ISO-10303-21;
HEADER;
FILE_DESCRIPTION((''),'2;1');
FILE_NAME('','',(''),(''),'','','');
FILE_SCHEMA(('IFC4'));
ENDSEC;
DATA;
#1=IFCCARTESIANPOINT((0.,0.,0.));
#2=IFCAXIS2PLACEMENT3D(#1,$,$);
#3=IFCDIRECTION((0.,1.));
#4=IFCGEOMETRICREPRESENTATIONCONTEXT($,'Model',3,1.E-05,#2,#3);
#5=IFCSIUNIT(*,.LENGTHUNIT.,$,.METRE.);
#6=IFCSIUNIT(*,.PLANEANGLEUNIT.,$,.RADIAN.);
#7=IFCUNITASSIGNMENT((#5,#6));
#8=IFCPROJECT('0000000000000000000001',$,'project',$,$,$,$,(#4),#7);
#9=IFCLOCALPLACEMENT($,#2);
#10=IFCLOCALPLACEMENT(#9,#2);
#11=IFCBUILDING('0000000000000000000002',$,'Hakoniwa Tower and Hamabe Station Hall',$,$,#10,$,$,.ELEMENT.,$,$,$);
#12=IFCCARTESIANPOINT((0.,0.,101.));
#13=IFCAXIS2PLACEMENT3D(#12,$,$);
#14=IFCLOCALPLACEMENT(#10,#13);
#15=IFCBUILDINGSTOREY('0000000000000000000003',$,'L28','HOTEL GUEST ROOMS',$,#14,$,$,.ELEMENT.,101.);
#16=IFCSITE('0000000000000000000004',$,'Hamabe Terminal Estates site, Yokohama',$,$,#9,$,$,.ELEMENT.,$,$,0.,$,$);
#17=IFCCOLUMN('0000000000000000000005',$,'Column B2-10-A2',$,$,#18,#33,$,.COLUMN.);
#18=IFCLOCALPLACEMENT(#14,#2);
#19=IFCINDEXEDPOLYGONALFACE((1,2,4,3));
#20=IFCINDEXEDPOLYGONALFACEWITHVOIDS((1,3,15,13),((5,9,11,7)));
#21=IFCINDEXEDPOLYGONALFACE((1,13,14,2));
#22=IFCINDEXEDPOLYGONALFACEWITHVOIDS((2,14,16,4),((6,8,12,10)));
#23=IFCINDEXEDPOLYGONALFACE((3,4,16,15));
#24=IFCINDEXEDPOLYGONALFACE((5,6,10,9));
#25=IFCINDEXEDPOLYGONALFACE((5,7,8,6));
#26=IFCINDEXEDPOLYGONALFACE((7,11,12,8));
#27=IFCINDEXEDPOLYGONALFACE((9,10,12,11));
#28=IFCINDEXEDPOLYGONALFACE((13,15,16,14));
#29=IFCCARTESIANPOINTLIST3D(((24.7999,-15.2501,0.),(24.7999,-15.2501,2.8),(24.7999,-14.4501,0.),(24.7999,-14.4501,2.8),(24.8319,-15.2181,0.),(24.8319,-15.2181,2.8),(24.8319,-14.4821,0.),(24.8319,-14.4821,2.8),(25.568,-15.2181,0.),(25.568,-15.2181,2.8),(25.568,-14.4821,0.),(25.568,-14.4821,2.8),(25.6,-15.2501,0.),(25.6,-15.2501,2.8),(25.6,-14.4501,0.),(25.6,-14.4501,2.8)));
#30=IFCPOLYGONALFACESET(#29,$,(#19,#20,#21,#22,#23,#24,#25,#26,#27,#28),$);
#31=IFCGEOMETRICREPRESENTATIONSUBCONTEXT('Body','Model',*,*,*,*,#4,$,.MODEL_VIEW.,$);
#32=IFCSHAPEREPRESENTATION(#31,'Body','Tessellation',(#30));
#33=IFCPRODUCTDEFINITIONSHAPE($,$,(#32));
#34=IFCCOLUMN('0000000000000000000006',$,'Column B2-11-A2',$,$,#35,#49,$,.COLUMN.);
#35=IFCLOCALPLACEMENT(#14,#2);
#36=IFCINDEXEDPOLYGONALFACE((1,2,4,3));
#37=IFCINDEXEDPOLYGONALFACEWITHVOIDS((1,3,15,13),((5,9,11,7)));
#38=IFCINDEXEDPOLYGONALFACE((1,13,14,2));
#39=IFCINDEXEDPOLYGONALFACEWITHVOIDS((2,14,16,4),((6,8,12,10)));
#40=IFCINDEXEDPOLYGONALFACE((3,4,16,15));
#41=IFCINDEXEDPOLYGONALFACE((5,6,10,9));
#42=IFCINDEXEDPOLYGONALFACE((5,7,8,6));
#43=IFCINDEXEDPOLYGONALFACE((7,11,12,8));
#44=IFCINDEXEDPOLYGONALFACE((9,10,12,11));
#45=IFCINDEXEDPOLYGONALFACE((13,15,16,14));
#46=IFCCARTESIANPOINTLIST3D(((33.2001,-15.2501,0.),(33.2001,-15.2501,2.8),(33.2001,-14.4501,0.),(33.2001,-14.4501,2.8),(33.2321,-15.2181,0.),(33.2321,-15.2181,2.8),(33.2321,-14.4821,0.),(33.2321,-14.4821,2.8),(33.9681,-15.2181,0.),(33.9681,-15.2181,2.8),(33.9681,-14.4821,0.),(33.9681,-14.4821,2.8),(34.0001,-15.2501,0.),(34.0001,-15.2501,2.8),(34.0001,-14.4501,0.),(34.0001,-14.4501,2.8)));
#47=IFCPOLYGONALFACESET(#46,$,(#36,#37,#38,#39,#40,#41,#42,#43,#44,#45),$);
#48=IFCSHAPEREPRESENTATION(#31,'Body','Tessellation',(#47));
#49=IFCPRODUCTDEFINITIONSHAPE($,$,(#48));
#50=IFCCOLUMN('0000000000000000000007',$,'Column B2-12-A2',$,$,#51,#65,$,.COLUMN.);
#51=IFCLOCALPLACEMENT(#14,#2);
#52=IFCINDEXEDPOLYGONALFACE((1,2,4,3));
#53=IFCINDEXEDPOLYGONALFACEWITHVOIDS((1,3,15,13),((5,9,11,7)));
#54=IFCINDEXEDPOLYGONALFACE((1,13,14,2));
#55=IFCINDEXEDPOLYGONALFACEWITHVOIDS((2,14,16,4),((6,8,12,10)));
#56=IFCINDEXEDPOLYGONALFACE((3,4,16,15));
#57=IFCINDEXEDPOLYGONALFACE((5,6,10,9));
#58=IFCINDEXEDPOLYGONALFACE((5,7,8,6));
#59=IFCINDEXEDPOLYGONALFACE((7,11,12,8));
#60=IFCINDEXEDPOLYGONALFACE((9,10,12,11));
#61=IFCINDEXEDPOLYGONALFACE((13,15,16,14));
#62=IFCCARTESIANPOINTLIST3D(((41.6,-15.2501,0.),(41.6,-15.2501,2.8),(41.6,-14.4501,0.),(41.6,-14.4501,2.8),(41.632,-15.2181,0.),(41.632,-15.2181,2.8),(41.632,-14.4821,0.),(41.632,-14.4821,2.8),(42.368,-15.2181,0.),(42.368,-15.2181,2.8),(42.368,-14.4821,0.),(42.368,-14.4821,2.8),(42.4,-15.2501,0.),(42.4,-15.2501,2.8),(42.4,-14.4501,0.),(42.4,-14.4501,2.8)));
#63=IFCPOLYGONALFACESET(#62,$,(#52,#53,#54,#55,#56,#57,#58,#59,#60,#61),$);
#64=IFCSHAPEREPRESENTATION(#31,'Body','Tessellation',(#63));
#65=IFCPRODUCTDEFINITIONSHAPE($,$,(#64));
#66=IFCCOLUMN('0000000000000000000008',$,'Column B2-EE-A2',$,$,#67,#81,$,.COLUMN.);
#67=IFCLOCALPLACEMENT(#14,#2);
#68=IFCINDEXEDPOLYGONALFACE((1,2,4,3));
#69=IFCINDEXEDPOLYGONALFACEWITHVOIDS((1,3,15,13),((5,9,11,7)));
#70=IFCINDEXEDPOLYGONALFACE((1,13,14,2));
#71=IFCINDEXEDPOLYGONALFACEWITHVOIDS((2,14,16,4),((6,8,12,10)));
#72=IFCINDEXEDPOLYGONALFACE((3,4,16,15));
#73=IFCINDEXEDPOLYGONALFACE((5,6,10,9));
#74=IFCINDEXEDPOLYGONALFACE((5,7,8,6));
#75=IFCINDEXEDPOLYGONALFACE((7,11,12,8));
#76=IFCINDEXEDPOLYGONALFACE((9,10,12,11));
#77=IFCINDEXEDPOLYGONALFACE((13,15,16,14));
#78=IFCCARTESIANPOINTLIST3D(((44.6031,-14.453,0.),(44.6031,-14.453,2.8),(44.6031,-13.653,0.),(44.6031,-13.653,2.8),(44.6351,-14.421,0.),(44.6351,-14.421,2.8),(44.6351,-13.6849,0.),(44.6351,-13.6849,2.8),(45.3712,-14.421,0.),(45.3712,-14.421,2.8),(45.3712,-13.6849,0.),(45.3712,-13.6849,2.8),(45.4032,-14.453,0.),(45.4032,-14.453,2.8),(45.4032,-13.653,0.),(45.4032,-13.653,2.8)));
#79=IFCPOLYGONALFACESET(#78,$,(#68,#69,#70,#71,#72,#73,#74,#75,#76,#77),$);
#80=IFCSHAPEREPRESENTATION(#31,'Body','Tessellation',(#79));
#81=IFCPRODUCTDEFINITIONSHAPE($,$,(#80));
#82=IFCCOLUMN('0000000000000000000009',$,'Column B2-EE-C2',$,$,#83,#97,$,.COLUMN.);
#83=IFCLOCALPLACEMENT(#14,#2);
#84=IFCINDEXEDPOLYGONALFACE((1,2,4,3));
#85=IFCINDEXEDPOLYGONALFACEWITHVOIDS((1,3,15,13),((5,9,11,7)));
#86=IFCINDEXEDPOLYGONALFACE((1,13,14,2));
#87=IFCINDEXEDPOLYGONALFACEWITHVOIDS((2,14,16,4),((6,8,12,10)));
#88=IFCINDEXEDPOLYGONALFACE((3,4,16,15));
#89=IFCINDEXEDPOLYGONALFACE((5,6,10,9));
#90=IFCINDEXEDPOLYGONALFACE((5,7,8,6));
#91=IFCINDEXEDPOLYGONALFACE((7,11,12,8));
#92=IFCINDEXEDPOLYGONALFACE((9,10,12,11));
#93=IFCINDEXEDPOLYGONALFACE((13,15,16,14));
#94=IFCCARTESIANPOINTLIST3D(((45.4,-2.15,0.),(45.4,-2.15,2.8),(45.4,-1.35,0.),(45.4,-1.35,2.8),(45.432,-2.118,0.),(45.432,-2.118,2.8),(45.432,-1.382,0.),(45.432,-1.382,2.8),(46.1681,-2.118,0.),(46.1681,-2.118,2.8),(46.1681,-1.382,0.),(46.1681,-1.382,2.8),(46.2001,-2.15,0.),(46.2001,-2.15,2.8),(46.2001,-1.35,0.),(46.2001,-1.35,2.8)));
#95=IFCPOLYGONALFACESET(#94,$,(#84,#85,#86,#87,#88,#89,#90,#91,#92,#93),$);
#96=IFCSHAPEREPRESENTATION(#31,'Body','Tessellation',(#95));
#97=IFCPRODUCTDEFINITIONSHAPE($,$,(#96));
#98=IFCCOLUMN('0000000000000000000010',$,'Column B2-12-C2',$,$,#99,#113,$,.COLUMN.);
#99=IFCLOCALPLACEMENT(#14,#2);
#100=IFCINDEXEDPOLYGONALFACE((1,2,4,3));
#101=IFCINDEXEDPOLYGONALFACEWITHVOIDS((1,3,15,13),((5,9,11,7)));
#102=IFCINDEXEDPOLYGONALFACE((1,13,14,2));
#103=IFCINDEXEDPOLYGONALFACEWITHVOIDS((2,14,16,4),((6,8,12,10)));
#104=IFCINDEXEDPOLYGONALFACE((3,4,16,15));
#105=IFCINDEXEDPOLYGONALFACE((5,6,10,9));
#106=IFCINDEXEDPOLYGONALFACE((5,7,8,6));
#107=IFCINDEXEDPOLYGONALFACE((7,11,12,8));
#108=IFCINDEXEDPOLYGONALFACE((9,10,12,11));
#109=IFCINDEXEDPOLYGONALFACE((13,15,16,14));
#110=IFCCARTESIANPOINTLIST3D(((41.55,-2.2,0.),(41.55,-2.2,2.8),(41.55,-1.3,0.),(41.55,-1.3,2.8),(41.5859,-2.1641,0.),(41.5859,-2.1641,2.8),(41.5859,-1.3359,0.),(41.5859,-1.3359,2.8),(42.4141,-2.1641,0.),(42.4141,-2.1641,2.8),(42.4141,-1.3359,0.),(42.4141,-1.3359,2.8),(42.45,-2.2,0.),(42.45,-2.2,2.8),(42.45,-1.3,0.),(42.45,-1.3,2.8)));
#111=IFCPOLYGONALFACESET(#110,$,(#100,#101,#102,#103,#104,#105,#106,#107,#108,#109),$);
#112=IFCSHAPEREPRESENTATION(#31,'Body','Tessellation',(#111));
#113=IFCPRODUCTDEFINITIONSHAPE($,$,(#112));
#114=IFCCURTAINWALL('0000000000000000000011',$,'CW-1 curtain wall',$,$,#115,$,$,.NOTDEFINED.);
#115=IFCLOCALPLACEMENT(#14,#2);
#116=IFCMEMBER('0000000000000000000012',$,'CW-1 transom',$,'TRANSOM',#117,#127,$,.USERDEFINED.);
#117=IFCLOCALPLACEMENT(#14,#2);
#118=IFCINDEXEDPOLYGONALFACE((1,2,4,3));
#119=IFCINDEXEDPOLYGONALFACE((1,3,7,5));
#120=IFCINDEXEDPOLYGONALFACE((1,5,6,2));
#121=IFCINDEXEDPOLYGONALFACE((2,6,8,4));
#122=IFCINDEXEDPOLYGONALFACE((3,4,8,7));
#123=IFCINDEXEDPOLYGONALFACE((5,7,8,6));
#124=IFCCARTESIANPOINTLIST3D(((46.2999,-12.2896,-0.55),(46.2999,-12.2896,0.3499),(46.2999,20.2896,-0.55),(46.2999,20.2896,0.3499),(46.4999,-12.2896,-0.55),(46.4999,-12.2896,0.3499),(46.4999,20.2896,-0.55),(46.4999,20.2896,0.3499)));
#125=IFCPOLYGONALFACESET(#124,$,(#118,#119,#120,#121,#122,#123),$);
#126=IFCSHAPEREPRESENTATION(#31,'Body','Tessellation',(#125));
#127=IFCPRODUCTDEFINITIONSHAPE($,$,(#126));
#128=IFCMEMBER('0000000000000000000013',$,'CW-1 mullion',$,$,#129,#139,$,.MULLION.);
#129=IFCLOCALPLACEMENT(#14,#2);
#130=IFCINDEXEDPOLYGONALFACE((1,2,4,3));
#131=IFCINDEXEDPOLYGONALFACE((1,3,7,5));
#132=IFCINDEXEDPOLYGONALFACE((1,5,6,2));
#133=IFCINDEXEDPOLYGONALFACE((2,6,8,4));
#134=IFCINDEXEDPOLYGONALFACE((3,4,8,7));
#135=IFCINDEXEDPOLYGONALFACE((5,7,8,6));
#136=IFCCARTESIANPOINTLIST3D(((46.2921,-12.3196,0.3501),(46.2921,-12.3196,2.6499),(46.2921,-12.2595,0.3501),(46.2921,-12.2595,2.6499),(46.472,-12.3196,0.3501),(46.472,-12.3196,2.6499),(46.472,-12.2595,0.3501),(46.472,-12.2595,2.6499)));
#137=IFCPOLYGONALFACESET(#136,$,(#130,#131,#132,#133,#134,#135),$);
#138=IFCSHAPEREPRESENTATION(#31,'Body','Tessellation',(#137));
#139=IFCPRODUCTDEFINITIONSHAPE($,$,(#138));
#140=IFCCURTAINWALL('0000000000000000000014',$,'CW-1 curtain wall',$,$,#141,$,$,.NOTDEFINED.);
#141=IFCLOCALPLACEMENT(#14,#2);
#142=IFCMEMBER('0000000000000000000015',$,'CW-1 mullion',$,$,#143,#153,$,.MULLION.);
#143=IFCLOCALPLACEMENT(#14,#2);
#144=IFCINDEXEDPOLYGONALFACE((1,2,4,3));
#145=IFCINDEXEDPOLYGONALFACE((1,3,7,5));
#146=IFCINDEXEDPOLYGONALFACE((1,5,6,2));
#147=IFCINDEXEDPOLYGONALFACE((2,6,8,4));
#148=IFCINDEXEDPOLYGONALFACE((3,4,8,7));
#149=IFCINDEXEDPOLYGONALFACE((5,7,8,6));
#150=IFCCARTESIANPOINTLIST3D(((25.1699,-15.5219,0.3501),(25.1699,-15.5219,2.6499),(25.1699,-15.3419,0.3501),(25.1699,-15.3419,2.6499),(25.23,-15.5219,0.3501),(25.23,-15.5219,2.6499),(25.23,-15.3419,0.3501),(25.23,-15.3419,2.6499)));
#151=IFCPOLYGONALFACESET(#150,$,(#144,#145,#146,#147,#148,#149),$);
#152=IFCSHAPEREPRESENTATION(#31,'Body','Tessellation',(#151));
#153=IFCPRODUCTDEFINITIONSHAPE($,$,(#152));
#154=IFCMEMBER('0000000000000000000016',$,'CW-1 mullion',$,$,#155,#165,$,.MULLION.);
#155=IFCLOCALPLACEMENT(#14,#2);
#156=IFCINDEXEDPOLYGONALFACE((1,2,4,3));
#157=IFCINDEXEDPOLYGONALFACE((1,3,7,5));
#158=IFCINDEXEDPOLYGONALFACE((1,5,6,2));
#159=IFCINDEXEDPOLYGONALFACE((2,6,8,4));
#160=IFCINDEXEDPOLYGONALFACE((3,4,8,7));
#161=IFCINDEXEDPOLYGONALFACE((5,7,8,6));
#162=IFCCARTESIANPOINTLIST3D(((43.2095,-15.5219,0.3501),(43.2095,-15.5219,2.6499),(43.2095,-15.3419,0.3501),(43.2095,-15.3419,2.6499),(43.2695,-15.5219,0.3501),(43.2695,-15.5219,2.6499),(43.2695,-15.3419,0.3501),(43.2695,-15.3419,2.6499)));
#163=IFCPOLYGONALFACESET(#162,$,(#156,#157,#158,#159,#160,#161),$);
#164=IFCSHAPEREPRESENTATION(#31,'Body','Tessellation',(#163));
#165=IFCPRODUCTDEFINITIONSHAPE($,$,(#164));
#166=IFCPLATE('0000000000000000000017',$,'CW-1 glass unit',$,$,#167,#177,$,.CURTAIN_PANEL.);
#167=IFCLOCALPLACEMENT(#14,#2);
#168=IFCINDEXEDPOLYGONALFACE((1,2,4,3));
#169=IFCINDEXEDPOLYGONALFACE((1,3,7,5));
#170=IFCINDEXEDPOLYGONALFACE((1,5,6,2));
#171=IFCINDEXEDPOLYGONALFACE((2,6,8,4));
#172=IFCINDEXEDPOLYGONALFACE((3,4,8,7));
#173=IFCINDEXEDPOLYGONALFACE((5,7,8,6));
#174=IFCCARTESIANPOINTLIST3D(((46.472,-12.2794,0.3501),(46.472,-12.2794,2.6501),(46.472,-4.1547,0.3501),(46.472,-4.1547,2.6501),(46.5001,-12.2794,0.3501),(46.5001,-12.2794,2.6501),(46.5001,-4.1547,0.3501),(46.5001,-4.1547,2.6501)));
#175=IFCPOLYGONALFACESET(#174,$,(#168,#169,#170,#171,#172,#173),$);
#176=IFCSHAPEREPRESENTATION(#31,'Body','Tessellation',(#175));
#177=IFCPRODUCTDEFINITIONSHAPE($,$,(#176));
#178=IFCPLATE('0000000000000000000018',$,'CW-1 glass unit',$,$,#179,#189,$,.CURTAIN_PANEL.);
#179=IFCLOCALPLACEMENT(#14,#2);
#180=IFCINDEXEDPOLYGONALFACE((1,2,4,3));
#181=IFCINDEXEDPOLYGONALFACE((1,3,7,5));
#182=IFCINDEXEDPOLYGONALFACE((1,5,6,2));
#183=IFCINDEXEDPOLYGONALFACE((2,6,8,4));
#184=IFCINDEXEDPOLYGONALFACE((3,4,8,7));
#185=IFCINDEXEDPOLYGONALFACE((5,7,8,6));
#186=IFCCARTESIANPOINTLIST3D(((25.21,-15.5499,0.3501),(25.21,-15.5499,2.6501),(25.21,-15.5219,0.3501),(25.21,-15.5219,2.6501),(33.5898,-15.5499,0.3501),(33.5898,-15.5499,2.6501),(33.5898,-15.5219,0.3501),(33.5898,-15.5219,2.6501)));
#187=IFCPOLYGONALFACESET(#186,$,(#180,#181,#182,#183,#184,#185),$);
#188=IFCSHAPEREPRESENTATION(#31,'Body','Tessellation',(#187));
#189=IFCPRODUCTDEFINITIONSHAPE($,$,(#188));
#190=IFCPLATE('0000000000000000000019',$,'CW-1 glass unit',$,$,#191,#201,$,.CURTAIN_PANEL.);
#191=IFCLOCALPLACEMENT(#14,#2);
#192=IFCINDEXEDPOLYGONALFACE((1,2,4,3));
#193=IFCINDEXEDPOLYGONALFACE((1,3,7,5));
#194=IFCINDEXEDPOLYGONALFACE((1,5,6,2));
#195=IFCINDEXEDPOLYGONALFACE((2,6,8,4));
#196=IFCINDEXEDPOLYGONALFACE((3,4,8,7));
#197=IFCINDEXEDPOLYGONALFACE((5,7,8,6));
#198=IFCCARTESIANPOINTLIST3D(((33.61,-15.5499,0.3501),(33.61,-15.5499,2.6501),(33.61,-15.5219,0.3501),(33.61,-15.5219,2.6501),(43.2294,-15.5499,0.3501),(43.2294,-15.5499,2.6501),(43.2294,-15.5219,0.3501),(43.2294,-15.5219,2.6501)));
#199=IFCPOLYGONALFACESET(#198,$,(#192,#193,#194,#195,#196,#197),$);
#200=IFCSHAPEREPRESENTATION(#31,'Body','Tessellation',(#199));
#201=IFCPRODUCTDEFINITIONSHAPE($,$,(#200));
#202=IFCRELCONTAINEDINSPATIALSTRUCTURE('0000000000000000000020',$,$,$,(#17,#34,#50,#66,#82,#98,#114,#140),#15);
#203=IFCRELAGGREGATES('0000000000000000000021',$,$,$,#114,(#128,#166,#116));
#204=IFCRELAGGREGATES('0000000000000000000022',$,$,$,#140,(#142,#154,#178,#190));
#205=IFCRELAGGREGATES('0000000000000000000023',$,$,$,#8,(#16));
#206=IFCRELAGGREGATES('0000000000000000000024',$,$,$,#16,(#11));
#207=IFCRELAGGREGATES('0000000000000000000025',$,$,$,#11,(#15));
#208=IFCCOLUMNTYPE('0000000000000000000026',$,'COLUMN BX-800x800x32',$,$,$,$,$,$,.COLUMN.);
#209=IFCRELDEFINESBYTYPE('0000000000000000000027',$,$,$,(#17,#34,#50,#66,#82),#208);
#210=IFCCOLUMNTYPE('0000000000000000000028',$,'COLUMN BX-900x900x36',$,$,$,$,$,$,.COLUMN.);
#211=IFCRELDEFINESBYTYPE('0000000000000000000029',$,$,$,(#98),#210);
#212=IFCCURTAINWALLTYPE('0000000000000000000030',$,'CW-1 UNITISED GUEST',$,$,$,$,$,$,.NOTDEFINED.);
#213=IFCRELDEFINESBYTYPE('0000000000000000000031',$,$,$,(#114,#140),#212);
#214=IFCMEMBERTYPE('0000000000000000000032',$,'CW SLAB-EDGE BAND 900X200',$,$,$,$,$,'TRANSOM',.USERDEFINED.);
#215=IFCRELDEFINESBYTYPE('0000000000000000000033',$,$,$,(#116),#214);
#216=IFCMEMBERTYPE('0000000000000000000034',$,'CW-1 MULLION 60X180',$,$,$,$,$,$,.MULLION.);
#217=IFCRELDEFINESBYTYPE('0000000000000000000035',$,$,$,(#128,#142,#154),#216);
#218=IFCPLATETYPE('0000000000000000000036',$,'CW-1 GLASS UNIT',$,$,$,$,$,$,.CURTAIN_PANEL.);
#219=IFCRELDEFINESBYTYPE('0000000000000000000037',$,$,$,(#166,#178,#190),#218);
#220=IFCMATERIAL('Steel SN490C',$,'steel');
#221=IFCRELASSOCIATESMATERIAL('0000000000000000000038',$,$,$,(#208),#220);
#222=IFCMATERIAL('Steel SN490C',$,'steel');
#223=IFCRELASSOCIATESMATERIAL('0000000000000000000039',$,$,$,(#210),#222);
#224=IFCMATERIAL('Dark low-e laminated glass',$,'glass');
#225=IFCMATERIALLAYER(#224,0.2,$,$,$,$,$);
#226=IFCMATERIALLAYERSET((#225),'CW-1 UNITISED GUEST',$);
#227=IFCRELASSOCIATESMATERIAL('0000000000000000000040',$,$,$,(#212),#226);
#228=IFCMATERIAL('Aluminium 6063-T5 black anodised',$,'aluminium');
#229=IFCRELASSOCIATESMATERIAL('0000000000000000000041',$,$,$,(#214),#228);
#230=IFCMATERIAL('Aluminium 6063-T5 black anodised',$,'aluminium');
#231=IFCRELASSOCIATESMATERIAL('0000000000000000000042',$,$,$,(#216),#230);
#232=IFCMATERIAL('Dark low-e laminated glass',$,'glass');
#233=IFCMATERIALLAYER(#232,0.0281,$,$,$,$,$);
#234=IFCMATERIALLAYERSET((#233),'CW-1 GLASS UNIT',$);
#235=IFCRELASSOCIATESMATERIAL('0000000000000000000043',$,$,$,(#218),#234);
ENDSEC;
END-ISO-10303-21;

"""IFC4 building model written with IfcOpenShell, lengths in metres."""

from ifc_helpers import new_model, si_unit, direction, frame, origin, origin_2d, place, context, subcontext, project, spatial, rectangle, hollow_rectangle, extrude, material, layer, layer_set, material_profile, profile_set, type_object, element, aggregate, save


model = new_model("IFC4")

# Units and contexts
model_context = context("Model", 3, precision=1e-05, world=origin(), true_north=direction((0.0, 1.0)))
body_context = subcontext(model_context, "Body", "Model", "MODEL_VIEW")
ifc_project = project(units=[si_unit("LENGTHUNIT", "METRE"), si_unit("PLANEANGLEUNIT", "RADIAN")], contexts=[model_context])

# Site, building, storey
site_placement = place(None, origin())
site = spatial("IfcSite", under=ifc_project, at=site_placement, Name="Hamabe Terminal Estates site, Yokohama", CompositionType="ELEMENT", RefElevation=0.0)
building_placement = place(site_placement, origin())
building = spatial("IfcBuilding", under=site, at=building_placement, Name="Hakoniwa Tower and Hamabe Station Hall", CompositionType="ELEMENT")
storey_placement = place(building_placement, frame((0.0, 0.0, 101.0)))
storey = spatial("IfcBuildingStorey", under=building, at=storey_placement, Name="L28", Description="HOTEL GUEST ROOMS", CompositionType="ELEMENT", Elevation=101.0)

# Columns
ifc_material_1 = material(Name="Steel SN490C", Category="steel")
ifc_material_profile_1 = material_profile(ifc_material_1, hollow_rectangle(XDim=0.8, YDim=0.8, WallThickness=0.032, at=origin_2d()), Name="BX-800x800x32")
ifc_profile_set_1 = profile_set([ifc_material_profile_1], Name="Steel SN490C")
column_type_1 = type_object("IfcColumnType", Name="COLUMN BX-800x800x32", PredefinedType="COLUMN", material=ifc_profile_set_1)
for number, where, z_axis, x_axis, name in (
    (1, (25.2, -14.8501, 0.0), (0.0, 0.0, 1.0), (1.0, 0.0, 0.0), "Column B2-10-A2"),
    (2, (33.6001, -14.8501, 0.0), (0.0, 0.0, 1.0), (1.0, 0.0, 0.0), "Column B2-11-A2"),
    (3, (42.0, -14.8501, 0.0), (0.0, 0.0, 1.0), (1.0, 0.0, 0.0), "Column B2-12-A2"),
    (4, (45.0032, -14.053, 0.0), (0.0, 0.0, 1.0), (1.0, 0.0, 0.0), "Column B2-EE-A2"),
    (5, (45.8, -1.75, 0.0), (0.0, 0.0, 1.0), (1.0, 0.0, 0.0), "Column B2-EE-C2"),
):
    element("IfcColumn", number, at=place(storey_placement, frame(where, z_axis=z_axis, x_axis=x_axis)), inside=storey, type_object=column_type_1, Name=name, PredefinedType="COLUMN", context=body_context, shape_type="SweptSolid", body=[
        extrude(hollow_rectangle(XDim=0.8, YDim=0.8, WallThickness=0.032, at=origin_2d()), origin(), (0.0, 0.0, 1.0), 2.8),
    ])
ifc_material_2 = material(Name="Steel SN490C", Category="steel")
ifc_material_profile_2 = material_profile(ifc_material_2, hollow_rectangle(XDim=0.8999, YDim=0.8999, WallThickness=0.0359, at=origin_2d()), Name="BX-900x900x36")
ifc_profile_set_2 = profile_set([ifc_material_profile_2], Name="Steel SN490C")
column_type_2 = type_object("IfcColumnType", Name="COLUMN BX-900x900x36", PredefinedType="COLUMN", material=ifc_profile_set_2)
column_placement = place(storey_placement, frame((42.0, -1.75, 0.0), z_axis=(0.0, 0.0, 1.0), x_axis=(1.0, 0.0, 0.0)))
element("IfcColumn", 6, at=column_placement, inside=storey, type_object=column_type_2, Name="Column B2-12-C2", PredefinedType="COLUMN", context=body_context, shape_type="SweptSolid", body=[
    extrude(hollow_rectangle(XDim=0.8999, YDim=0.8999, WallThickness=0.0359, at=origin_2d()), origin(), (0.0, 0.0, 1.0), 2.8),
])

# Curtain walls, members
ifc_material_3 = material(Name="Dark low-e laminated glass", Category="glass")
ifc_layer_1 = layer(ifc_material_3, 0.2)
ifc_layer_set_1 = layer_set([ifc_layer_1], Name="CW-1 UNITISED GUEST")
curtain_wall_type = type_object("IfcCurtainWallType", Name="CW-1 UNITISED GUEST", PredefinedType="NOTDEFINED", material=ifc_layer_set_1)
curtain_wall_1_placement = place(storey_placement, origin())
curtain_wall_1 = element("IfcCurtainWall", 7, at=curtain_wall_1_placement, inside=storey, type_object=curtain_wall_type, Name="CW-1 curtain wall", PredefinedType="NOTDEFINED")
ifc_material_4 = material(Name="Aluminium 6063-T5 black anodised", Category="aluminium")
ifc_material_profile_3 = material_profile(ifc_material_4, rectangle(XDim=0.2, YDim=0.8999, at=origin_2d()), Name="CW SLAB-EDGE BAND 900X200")
ifc_profile_set_3 = profile_set([ifc_material_profile_3], Name="Aluminium 6063-T5 black anodised")
member_type_1 = type_object("IfcMemberType", Name="CW SLAB-EDGE BAND 900X200", ElementType="TRANSOM", PredefinedType="USERDEFINED", material=ifc_profile_set_3)
member_1_placement = place(storey_placement, frame((46.3999, -12.2896, -0.1001), z_axis=(0.0, 1.0, 0.0), x_axis=(-1.0, 0.0, 0.0)))
member_1 = element("IfcMember", 8, at=member_1_placement, type_object=member_type_1, Name="CW-1 transom", ObjectType="TRANSOM", PredefinedType="USERDEFINED", context=body_context, shape_type="SweptSolid", body=[
    extrude(rectangle(XDim=0.2, YDim=0.8999, at=origin_2d()), origin(), (0.0, 0.0, 1.0), 32.5791),
])
ifc_material_5 = material(Name="Aluminium 6063-T5 black anodised", Category="aluminium")
ifc_material_profile_4 = material_profile(ifc_material_5, rectangle(XDim=0.0601, YDim=0.1799, at=origin_2d()), Name="CW-1 MULLION 60X180")
ifc_profile_set_4 = profile_set([ifc_material_profile_4], Name="Aluminium 6063-T5 black anodised")
member_type_2 = type_object("IfcMemberType", Name="CW-1 MULLION 60X180", PredefinedType="MULLION", material=ifc_profile_set_4)
member_2_placement = place(storey_placement, frame((46.3821, -12.2896, 0.3501), z_axis=(0.0, 0.0, 1.0), x_axis=(0.0, 1.0, 0.0)))
member_2 = element("IfcMember", 9, at=member_2_placement, type_object=member_type_2, Name="CW-1 mullion", PredefinedType="MULLION", context=body_context, shape_type="SweptSolid", body=[
    extrude(rectangle(XDim=0.0601, YDim=0.1799, at=origin_2d()), origin(), (0.0, 0.0, 1.0), 2.2998),
])
curtain_wall_2_placement = place(storey_placement, origin())
curtain_wall_2 = element("IfcCurtainWall", 10, at=curtain_wall_2_placement, inside=storey, type_object=curtain_wall_type, Name="CW-1 curtain wall", PredefinedType="NOTDEFINED")
member_3_placement = place(storey_placement, frame((25.2, -15.4319, 0.3501), z_axis=(0.0, 0.0, 1.0), x_axis=(1.0, 0.0, 0.0)))
member_3 = element("IfcMember", 11, at=member_3_placement, type_object=member_type_2, Name="CW-1 mullion", PredefinedType="MULLION", context=body_context, shape_type="SweptSolid", body=[
    extrude(rectangle(XDim=0.0601, YDim=0.1799, at=origin_2d()), origin(), (0.0, 0.0, 1.0), 2.2998),
])
member_4_placement = place(storey_placement, frame((43.2395, -15.4319, 0.3501), z_axis=(0.0, 0.0, 1.0), x_axis=(1.0, 0.0, 0.0)))
member_4 = element("IfcMember", 12, at=member_4_placement, type_object=member_type_2, Name="CW-1 mullion", PredefinedType="MULLION", context=body_context, shape_type="SweptSolid", body=[
    extrude(rectangle(XDim=0.0601, YDim=0.1799, at=origin_2d()), origin(), (0.0, 0.0, 1.0), 2.2998),
])

# Plates
ifc_material_6 = material(Name="Dark low-e laminated glass", Category="glass")
ifc_layer_2 = layer(ifc_material_6, 0.0281)
ifc_layer_set_2 = layer_set([ifc_layer_2], Name="CW-1 GLASS UNIT")
plate_type = type_object("IfcPlateType", Name="CW-1 GLASS UNIT", PredefinedType="CURTAIN_PANEL", material=ifc_layer_set_2)
plate_1_placement = place(storey_placement, frame((46.4861, -8.217, 0.3501), z_axis=(0.0, 0.0, 1.0), x_axis=(0.0, 1.0, 0.0)))
plate_1 = element("IfcPlate", 13, at=plate_1_placement, type_object=plate_type, Name="CW-1 glass unit", PredefinedType="CURTAIN_PANEL", context=body_context, shape_type="SweptSolid", body=[
    extrude(rectangle(XDim=8.1248, YDim=0.0281, at=origin_2d()), origin(), (0.0, 0.0, 1.0), 2.3),
])
aggregate(curtain_wall_1, [member_2, plate_1, member_1])
plate_2_placement = place(storey_placement, frame((29.3999, -15.5359, 0.3501), z_axis=(0.0, 0.0, 1.0), x_axis=(1.0, 0.0, 0.0)))
plate_2 = element("IfcPlate", 14, at=plate_2_placement, type_object=plate_type, Name="CW-1 glass unit", PredefinedType="CURTAIN_PANEL", context=body_context, shape_type="SweptSolid", body=[
    extrude(rectangle(XDim=8.3799, YDim=0.0281, at=origin_2d()), origin(), (0.0, 0.0, 1.0), 2.3),
])
plate_3_placement = place(storey_placement, frame((38.4197, -15.5359, 0.3501), z_axis=(0.0, 0.0, 1.0), x_axis=(1.0, 0.0, 0.0)))
plate_3 = element("IfcPlate", 15, at=plate_3_placement, type_object=plate_type, Name="CW-1 glass unit", PredefinedType="CURTAIN_PANEL", context=body_context, shape_type="SweptSolid", body=[
    extrude(rectangle(XDim=9.6194, YDim=0.0281, at=origin_2d()), origin(), (0.0, 0.0, 1.0), 2.3),
])
aggregate(curtain_wall_2, [member_3, member_4, plate_2, plate_3])

save(model, "model.ifc")
